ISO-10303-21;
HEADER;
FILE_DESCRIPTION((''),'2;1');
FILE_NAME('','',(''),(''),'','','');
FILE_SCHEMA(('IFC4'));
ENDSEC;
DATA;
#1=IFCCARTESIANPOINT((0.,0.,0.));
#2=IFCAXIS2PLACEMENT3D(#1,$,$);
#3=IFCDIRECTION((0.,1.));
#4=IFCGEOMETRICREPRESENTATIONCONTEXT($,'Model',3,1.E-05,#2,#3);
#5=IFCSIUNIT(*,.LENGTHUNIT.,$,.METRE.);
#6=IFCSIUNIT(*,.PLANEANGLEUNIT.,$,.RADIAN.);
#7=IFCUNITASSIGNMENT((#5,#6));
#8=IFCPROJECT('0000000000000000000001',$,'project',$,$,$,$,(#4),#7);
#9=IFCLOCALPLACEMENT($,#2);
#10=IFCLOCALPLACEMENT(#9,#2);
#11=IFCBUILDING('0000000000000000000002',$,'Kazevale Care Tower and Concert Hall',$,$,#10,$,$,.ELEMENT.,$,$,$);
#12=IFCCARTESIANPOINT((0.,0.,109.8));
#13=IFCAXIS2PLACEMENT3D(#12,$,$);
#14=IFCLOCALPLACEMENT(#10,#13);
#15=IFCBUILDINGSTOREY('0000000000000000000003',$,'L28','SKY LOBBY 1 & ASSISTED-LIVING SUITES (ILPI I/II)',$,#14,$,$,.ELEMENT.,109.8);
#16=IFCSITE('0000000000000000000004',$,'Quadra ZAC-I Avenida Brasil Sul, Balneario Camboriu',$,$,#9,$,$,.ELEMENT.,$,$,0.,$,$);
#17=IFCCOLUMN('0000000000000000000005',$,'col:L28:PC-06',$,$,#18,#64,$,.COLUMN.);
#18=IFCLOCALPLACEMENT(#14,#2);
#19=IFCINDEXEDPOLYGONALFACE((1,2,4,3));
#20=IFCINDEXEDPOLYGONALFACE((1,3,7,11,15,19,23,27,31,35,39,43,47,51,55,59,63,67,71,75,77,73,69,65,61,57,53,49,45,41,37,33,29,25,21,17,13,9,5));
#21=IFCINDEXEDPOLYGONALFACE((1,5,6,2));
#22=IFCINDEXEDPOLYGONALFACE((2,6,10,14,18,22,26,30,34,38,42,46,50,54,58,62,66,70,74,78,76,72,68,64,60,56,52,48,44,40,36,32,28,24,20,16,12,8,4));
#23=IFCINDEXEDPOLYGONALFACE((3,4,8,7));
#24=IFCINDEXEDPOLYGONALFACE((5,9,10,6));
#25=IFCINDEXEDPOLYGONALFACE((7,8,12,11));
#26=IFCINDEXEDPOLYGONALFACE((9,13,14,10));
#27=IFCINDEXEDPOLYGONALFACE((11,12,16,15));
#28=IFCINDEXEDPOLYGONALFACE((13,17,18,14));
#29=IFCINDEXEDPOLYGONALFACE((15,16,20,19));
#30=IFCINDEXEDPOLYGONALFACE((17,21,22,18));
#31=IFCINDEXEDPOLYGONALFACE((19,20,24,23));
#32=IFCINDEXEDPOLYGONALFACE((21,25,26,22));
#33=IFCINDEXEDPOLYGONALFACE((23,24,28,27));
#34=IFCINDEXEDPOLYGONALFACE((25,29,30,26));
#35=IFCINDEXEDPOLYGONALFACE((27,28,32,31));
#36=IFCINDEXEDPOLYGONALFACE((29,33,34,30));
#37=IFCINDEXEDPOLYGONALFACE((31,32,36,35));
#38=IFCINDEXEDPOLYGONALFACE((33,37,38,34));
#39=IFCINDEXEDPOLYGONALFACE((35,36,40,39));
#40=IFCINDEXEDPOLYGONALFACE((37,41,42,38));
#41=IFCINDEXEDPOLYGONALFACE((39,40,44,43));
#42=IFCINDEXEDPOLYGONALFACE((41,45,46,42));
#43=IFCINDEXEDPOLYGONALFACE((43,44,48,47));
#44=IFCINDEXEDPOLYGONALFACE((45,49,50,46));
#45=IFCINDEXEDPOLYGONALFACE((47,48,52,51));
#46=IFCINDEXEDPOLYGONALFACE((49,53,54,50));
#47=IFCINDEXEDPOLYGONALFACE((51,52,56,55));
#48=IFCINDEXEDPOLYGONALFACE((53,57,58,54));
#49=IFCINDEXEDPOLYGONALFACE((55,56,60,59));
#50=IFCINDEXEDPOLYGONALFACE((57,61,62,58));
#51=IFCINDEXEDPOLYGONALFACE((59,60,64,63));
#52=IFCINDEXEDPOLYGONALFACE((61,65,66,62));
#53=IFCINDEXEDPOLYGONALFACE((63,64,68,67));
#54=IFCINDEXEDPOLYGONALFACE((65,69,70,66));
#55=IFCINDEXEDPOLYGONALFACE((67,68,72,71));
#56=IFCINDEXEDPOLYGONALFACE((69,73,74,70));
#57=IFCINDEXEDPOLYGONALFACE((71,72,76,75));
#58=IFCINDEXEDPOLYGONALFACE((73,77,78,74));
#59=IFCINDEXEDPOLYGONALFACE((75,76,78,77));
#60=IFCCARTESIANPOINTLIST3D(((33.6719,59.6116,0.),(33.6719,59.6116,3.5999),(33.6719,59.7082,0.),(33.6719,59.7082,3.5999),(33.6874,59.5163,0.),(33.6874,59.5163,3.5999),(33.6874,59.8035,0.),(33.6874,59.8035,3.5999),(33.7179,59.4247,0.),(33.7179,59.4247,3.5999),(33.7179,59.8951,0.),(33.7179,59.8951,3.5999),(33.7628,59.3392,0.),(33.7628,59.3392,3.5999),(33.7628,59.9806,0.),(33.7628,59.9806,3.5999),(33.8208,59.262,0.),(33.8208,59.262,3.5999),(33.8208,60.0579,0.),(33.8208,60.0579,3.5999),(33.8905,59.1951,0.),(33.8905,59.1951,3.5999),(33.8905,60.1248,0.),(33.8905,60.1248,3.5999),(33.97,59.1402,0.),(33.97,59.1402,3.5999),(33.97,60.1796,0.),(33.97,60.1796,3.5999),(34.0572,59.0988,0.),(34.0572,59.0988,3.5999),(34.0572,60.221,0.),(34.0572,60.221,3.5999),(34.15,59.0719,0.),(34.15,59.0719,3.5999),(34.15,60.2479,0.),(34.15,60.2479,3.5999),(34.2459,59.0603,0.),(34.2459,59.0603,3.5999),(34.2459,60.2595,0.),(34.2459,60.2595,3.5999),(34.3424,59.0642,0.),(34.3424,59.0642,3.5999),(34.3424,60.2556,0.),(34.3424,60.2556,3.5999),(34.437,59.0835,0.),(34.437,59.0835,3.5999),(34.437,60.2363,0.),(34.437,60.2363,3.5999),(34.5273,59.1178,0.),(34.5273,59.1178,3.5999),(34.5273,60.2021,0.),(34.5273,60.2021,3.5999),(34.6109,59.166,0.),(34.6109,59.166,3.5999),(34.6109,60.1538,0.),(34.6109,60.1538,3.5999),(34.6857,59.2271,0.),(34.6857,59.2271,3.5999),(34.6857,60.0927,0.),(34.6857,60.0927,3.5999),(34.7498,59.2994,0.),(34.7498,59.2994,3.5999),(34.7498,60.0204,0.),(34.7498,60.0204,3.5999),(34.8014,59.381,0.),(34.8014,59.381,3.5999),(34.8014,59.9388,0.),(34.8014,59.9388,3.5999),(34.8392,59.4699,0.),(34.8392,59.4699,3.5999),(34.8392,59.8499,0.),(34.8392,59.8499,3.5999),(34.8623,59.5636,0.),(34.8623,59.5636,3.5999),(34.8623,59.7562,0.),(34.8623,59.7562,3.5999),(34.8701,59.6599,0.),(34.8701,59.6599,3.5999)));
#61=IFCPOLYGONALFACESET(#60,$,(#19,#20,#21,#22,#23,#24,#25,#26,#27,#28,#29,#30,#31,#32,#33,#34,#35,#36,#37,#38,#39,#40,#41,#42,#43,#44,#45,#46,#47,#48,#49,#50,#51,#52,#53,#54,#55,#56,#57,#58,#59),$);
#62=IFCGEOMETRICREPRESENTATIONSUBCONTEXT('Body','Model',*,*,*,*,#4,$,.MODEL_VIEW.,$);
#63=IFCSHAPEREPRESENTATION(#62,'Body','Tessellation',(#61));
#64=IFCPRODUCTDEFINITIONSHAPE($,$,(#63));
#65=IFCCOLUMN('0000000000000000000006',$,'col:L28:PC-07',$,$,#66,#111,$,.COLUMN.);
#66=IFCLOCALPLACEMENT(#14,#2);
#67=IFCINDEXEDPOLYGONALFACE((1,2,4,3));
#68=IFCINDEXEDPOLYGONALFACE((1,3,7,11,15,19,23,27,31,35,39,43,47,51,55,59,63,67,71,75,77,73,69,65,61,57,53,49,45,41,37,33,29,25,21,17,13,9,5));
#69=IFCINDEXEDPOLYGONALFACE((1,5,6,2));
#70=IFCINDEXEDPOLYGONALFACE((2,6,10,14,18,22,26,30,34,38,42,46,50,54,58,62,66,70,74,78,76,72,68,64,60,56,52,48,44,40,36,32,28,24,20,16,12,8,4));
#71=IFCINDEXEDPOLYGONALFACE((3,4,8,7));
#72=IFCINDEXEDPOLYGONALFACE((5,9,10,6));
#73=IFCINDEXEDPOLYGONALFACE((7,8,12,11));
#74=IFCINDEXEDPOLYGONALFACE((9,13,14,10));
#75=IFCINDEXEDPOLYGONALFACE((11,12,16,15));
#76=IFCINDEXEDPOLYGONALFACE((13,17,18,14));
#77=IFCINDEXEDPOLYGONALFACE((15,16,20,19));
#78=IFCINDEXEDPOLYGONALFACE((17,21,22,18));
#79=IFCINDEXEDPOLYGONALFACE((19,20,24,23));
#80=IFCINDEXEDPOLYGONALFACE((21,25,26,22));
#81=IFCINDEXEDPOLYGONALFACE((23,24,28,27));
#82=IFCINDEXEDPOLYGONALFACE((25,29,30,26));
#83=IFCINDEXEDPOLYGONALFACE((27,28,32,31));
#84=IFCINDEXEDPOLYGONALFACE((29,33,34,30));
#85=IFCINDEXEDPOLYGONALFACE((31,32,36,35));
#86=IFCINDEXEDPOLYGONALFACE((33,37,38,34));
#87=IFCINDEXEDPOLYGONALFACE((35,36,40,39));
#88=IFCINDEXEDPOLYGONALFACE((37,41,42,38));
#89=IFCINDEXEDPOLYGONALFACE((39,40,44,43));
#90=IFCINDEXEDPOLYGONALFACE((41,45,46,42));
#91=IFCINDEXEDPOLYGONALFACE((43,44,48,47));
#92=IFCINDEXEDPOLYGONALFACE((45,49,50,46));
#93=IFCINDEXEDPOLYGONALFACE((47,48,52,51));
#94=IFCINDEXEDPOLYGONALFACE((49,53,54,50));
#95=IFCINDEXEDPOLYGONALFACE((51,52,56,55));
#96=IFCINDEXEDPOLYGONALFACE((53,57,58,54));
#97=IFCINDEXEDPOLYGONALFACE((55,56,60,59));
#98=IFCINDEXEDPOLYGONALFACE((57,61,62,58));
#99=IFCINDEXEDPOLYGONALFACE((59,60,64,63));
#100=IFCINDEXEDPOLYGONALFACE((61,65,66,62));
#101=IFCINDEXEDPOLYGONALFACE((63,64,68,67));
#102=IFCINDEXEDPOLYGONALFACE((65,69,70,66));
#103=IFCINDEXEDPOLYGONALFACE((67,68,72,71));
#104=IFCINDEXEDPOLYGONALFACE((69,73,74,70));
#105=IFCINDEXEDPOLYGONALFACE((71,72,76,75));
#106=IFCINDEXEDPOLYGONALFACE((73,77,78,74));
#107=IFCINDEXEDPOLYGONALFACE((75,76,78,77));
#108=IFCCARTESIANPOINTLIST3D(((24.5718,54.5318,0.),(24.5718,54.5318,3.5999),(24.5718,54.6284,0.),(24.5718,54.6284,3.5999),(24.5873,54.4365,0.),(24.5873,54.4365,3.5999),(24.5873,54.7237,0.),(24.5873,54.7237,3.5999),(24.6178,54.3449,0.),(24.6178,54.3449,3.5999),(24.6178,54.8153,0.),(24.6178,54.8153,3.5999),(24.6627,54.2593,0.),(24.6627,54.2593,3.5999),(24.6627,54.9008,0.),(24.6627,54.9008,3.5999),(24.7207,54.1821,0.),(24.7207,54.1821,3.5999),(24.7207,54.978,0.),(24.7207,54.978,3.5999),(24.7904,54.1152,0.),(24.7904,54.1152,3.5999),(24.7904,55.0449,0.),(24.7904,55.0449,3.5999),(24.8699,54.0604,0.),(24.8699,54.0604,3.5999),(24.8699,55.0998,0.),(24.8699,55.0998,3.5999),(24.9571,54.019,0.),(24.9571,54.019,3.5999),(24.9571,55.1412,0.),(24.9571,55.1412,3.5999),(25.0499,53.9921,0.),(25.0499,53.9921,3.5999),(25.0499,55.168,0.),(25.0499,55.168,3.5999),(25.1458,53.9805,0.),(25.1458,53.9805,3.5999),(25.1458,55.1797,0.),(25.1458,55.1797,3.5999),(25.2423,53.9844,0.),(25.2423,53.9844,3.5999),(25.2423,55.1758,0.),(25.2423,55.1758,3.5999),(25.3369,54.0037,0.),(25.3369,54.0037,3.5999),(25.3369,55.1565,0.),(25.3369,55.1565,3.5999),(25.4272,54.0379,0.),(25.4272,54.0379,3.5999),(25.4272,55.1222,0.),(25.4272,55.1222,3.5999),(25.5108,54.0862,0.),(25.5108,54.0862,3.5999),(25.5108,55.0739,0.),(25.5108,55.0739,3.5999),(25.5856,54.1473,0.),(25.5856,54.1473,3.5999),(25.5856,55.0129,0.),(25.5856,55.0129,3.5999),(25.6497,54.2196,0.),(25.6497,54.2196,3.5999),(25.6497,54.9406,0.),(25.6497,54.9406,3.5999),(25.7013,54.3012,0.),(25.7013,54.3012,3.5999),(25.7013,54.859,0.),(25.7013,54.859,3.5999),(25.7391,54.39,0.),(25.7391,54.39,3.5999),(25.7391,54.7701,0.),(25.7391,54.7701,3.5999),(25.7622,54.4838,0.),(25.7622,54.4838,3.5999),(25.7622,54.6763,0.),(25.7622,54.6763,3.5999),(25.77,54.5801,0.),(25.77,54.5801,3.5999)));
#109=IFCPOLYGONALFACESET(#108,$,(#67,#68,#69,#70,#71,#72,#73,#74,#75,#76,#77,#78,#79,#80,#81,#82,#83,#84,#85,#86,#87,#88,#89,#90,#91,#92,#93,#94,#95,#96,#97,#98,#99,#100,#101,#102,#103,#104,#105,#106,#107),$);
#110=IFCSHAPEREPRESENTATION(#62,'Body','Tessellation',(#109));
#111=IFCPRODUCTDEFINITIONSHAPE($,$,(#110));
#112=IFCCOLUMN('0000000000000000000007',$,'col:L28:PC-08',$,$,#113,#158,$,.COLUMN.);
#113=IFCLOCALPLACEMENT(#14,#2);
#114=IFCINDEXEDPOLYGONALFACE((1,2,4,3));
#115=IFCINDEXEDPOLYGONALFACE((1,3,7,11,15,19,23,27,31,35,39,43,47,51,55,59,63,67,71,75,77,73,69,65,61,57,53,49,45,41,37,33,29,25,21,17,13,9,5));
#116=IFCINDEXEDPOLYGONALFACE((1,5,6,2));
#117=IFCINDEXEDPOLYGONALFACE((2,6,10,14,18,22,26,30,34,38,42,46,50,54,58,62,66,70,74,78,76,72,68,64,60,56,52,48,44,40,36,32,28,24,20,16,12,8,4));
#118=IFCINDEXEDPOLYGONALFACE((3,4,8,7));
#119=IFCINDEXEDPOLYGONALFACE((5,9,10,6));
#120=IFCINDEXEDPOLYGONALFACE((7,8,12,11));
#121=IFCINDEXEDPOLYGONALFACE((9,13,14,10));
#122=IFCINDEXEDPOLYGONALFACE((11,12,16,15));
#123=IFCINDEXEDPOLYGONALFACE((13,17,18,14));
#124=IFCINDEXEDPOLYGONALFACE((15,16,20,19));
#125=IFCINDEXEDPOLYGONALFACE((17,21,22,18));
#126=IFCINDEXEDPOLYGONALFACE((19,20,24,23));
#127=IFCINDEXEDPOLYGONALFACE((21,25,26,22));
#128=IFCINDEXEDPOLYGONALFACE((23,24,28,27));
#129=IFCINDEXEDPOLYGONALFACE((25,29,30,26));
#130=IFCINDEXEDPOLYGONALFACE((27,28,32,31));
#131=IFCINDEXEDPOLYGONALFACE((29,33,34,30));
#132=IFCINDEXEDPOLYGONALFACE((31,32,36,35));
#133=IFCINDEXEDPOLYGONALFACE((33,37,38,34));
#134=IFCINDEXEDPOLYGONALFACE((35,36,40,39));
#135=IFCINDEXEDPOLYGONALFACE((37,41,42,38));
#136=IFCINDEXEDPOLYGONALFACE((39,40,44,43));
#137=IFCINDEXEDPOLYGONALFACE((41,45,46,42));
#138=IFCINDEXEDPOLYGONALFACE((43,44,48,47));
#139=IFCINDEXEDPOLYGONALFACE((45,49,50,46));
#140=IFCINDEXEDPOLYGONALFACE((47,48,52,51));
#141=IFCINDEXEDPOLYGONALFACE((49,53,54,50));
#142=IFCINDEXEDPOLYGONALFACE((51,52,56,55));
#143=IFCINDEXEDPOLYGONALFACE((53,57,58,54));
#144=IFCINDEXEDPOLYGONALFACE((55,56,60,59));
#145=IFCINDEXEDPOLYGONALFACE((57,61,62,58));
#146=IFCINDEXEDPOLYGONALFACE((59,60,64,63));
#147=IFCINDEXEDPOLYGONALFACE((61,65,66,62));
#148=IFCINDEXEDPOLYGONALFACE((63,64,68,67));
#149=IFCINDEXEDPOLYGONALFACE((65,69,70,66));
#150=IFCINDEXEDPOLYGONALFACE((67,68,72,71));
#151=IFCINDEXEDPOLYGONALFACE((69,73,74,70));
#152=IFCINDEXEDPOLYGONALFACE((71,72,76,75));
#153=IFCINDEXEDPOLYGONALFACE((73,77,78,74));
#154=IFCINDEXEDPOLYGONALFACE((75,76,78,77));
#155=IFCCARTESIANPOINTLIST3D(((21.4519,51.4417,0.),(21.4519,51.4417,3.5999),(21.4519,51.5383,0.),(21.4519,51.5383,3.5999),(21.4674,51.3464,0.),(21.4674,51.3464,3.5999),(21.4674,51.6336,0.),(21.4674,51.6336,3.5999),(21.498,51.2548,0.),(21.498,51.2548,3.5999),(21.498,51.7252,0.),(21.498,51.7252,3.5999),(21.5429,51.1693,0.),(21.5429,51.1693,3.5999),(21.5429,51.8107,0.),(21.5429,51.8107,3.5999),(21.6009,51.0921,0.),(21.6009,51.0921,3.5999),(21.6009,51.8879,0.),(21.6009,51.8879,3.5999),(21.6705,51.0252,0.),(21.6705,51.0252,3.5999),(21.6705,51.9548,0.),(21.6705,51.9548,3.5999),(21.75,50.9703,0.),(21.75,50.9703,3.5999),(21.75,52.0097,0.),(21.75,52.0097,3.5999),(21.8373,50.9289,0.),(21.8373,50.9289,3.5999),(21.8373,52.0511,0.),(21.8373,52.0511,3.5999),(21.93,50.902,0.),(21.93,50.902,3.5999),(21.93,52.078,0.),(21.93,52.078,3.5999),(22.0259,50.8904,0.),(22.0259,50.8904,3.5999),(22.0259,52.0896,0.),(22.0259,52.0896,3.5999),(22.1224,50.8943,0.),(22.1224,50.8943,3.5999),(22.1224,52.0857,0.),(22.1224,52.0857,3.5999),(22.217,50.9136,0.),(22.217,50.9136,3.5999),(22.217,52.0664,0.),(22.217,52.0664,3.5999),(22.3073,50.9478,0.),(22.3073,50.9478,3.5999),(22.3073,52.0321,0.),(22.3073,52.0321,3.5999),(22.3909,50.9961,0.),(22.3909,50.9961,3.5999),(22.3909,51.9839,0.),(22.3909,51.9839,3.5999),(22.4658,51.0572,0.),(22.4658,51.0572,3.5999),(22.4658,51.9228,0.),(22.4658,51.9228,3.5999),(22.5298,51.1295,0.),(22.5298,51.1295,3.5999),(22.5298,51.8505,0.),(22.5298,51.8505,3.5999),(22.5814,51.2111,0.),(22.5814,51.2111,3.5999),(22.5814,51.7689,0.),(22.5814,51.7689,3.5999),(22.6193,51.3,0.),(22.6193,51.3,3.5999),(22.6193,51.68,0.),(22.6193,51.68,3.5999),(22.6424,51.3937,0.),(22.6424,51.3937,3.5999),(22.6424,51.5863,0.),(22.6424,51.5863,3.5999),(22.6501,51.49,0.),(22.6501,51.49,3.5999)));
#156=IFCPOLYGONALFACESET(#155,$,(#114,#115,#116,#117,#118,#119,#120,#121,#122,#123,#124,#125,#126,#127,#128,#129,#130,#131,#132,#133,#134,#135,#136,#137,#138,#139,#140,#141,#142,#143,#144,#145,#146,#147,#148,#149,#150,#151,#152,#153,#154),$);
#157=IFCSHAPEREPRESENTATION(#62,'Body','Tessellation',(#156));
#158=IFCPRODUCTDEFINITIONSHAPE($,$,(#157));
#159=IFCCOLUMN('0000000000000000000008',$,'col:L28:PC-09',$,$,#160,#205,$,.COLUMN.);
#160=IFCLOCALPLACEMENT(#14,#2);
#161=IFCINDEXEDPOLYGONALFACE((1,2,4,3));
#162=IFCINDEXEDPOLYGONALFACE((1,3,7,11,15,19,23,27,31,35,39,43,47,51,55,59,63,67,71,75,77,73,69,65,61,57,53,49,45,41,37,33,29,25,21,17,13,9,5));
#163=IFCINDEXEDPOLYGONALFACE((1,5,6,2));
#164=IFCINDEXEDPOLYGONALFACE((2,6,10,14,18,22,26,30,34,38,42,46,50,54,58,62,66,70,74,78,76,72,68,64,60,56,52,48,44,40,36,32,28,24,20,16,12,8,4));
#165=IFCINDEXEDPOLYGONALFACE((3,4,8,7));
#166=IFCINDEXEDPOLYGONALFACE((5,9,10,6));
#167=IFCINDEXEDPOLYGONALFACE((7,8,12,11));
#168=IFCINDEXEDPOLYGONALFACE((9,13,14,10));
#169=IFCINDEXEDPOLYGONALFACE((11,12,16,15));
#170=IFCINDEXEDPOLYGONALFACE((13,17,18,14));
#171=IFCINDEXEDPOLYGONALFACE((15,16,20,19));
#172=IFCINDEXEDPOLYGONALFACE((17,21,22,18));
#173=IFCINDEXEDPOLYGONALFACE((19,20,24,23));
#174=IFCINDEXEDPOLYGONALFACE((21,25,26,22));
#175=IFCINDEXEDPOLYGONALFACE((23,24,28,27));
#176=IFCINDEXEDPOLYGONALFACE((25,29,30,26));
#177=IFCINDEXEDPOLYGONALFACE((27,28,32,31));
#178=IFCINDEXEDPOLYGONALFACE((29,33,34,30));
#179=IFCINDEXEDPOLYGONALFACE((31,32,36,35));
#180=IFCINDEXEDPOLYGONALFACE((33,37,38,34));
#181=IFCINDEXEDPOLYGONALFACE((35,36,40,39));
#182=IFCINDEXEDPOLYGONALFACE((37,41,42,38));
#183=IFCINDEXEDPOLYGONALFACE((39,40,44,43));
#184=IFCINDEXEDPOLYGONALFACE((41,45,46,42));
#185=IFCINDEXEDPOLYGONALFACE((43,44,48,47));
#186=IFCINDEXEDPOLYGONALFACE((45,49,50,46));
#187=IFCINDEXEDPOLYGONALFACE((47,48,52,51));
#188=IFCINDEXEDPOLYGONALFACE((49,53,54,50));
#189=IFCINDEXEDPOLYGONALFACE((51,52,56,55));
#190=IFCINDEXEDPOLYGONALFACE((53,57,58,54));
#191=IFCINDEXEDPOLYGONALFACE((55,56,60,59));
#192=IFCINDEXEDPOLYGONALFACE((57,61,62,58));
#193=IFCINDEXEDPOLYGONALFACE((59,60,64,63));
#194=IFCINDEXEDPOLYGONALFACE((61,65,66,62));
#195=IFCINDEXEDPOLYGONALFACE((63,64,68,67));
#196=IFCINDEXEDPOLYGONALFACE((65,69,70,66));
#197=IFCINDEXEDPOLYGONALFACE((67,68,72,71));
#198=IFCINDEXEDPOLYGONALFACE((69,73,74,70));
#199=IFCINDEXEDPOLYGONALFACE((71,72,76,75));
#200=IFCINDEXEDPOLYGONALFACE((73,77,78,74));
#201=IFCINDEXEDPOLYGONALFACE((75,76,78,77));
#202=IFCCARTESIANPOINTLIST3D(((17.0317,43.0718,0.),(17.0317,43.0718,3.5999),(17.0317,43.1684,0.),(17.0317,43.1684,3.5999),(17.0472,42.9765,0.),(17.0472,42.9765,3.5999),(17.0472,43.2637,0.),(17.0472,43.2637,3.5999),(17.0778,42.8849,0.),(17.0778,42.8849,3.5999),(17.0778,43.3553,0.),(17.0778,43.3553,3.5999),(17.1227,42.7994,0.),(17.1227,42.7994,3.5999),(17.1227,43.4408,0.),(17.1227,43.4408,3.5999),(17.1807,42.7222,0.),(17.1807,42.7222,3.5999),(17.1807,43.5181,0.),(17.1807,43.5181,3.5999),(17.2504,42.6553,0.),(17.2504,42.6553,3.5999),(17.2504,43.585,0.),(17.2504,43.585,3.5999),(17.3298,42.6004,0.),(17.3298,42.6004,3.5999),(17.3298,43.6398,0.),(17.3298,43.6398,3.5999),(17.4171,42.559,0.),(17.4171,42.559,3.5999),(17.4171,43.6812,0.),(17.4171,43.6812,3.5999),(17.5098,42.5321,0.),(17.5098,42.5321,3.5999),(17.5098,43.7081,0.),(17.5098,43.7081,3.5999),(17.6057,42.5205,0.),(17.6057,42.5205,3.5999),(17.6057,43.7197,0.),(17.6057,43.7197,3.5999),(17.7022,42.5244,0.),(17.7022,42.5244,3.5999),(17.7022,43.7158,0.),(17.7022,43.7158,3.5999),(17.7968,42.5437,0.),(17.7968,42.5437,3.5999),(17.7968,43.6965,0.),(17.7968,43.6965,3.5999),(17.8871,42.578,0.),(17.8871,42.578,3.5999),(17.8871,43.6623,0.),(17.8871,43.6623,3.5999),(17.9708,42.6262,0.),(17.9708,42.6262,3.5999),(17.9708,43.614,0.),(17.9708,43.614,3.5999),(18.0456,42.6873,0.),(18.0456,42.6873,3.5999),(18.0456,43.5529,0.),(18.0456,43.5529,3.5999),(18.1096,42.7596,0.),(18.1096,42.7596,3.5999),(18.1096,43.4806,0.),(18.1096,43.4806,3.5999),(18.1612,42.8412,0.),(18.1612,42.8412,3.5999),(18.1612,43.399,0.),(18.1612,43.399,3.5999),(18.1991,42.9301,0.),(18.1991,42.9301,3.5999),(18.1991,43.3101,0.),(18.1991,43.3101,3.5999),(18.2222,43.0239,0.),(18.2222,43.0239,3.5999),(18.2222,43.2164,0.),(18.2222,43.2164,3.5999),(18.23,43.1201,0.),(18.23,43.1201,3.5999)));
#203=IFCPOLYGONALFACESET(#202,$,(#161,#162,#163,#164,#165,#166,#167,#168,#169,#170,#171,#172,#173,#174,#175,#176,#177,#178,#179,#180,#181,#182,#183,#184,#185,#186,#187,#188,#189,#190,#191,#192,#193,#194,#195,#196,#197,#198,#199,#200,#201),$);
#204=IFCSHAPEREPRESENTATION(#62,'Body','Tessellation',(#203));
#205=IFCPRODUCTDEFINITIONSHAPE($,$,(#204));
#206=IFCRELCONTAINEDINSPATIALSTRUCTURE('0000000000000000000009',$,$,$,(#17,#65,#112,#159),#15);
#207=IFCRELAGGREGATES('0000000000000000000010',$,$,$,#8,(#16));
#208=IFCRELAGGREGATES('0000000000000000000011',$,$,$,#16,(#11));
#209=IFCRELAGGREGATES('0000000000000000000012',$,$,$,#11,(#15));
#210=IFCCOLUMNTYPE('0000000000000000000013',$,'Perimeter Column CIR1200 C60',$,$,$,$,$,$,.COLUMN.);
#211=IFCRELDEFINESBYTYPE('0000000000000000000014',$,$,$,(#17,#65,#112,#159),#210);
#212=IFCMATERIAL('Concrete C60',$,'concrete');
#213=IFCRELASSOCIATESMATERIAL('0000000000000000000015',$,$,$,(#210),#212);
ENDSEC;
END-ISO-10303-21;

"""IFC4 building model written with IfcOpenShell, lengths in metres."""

from ifc_helpers import new_model, si_unit, direction, frame, origin, origin_2d, place, context, subcontext, project, spatial, circle, extrude, material, material_profile, profile_set, type_object, element, save


model = new_model("IFC4")

# Units and contexts
model_context = context("Model", 3, precision=1e-05, world=origin(), true_north=direction((0.0, 1.0)))
body_context = subcontext(model_context, "Body", "Model", "MODEL_VIEW")
ifc_project = project(units=[si_unit("LENGTHUNIT", "METRE"), si_unit("PLANEANGLEUNIT", "RADIAN")], contexts=[model_context])

# Site, building, storey
site_placement = place(None, origin())
site = spatial("IfcSite", under=ifc_project, at=site_placement, Name="Quadra ZAC-I Avenida Brasil Sul, Balneario Camboriu", CompositionType="ELEMENT", RefElevation=0.0)
building_placement = place(site_placement, origin())
building = spatial("IfcBuilding", under=site, at=building_placement, Name="Kazevale Care Tower and Concert Hall", CompositionType="ELEMENT")
storey_placement = place(building_placement, frame((0.0, 0.0, 109.8)))
storey = spatial("IfcBuildingStorey", under=building, at=storey_placement, Name="L28", Description="SKY LOBBY 1 & ASSISTED-LIVING SUITES (ILPI I/II)", CompositionType="ELEMENT", Elevation=109.8)

# Columns
ifc_material_1 = material(Name="Concrete C60", Category="concrete")
ifc_material_profile_1 = material_profile(ifc_material_1, circle(Radius=0.6001, at=origin_2d()), Name="RC-CIR1200")
ifc_profile_set_1 = profile_set([ifc_material_profile_1], Name="Concrete C60")
column_type = type_object("IfcColumnType", Name="Perimeter Column CIR1200 C60", PredefinedType="COLUMN", material=ifc_profile_set_1)
for number, where, z_axis, x_axis, name in (
    (1, (34.27, 59.6599, 0.0), (0.0, 0.0, 1.0), (1.0, 0.0, 0.0), "col:L28:PC-06"),
    (2, (25.1699, 54.5801, 0.0), (0.0, 0.0, 1.0), (1.0, 0.0, 0.0), "col:L28:PC-07"),
    (3, (22.05, 51.49, 0.0), (0.0, 0.0, 1.0), (1.0, 0.0, 0.0), "col:L28:PC-08"),
    (4, (17.6299, 43.1201, 0.0), (0.0, 0.0, 1.0), (1.0, 0.0, 0.0), "col:L28:PC-09"),
):
    element("IfcColumn", number, at=place(storey_placement, frame(where, z_axis=z_axis, x_axis=x_axis)), inside=storey, type_object=column_type, Name=name, PredefinedType="COLUMN", context=body_context, shape_type="SweptSolid", body=[
        extrude(circle(Radius=0.6001, at=origin_2d()), origin(), (0.0, 0.0, 1.0), 3.5999),
    ])

save(model, "model.ifc")
